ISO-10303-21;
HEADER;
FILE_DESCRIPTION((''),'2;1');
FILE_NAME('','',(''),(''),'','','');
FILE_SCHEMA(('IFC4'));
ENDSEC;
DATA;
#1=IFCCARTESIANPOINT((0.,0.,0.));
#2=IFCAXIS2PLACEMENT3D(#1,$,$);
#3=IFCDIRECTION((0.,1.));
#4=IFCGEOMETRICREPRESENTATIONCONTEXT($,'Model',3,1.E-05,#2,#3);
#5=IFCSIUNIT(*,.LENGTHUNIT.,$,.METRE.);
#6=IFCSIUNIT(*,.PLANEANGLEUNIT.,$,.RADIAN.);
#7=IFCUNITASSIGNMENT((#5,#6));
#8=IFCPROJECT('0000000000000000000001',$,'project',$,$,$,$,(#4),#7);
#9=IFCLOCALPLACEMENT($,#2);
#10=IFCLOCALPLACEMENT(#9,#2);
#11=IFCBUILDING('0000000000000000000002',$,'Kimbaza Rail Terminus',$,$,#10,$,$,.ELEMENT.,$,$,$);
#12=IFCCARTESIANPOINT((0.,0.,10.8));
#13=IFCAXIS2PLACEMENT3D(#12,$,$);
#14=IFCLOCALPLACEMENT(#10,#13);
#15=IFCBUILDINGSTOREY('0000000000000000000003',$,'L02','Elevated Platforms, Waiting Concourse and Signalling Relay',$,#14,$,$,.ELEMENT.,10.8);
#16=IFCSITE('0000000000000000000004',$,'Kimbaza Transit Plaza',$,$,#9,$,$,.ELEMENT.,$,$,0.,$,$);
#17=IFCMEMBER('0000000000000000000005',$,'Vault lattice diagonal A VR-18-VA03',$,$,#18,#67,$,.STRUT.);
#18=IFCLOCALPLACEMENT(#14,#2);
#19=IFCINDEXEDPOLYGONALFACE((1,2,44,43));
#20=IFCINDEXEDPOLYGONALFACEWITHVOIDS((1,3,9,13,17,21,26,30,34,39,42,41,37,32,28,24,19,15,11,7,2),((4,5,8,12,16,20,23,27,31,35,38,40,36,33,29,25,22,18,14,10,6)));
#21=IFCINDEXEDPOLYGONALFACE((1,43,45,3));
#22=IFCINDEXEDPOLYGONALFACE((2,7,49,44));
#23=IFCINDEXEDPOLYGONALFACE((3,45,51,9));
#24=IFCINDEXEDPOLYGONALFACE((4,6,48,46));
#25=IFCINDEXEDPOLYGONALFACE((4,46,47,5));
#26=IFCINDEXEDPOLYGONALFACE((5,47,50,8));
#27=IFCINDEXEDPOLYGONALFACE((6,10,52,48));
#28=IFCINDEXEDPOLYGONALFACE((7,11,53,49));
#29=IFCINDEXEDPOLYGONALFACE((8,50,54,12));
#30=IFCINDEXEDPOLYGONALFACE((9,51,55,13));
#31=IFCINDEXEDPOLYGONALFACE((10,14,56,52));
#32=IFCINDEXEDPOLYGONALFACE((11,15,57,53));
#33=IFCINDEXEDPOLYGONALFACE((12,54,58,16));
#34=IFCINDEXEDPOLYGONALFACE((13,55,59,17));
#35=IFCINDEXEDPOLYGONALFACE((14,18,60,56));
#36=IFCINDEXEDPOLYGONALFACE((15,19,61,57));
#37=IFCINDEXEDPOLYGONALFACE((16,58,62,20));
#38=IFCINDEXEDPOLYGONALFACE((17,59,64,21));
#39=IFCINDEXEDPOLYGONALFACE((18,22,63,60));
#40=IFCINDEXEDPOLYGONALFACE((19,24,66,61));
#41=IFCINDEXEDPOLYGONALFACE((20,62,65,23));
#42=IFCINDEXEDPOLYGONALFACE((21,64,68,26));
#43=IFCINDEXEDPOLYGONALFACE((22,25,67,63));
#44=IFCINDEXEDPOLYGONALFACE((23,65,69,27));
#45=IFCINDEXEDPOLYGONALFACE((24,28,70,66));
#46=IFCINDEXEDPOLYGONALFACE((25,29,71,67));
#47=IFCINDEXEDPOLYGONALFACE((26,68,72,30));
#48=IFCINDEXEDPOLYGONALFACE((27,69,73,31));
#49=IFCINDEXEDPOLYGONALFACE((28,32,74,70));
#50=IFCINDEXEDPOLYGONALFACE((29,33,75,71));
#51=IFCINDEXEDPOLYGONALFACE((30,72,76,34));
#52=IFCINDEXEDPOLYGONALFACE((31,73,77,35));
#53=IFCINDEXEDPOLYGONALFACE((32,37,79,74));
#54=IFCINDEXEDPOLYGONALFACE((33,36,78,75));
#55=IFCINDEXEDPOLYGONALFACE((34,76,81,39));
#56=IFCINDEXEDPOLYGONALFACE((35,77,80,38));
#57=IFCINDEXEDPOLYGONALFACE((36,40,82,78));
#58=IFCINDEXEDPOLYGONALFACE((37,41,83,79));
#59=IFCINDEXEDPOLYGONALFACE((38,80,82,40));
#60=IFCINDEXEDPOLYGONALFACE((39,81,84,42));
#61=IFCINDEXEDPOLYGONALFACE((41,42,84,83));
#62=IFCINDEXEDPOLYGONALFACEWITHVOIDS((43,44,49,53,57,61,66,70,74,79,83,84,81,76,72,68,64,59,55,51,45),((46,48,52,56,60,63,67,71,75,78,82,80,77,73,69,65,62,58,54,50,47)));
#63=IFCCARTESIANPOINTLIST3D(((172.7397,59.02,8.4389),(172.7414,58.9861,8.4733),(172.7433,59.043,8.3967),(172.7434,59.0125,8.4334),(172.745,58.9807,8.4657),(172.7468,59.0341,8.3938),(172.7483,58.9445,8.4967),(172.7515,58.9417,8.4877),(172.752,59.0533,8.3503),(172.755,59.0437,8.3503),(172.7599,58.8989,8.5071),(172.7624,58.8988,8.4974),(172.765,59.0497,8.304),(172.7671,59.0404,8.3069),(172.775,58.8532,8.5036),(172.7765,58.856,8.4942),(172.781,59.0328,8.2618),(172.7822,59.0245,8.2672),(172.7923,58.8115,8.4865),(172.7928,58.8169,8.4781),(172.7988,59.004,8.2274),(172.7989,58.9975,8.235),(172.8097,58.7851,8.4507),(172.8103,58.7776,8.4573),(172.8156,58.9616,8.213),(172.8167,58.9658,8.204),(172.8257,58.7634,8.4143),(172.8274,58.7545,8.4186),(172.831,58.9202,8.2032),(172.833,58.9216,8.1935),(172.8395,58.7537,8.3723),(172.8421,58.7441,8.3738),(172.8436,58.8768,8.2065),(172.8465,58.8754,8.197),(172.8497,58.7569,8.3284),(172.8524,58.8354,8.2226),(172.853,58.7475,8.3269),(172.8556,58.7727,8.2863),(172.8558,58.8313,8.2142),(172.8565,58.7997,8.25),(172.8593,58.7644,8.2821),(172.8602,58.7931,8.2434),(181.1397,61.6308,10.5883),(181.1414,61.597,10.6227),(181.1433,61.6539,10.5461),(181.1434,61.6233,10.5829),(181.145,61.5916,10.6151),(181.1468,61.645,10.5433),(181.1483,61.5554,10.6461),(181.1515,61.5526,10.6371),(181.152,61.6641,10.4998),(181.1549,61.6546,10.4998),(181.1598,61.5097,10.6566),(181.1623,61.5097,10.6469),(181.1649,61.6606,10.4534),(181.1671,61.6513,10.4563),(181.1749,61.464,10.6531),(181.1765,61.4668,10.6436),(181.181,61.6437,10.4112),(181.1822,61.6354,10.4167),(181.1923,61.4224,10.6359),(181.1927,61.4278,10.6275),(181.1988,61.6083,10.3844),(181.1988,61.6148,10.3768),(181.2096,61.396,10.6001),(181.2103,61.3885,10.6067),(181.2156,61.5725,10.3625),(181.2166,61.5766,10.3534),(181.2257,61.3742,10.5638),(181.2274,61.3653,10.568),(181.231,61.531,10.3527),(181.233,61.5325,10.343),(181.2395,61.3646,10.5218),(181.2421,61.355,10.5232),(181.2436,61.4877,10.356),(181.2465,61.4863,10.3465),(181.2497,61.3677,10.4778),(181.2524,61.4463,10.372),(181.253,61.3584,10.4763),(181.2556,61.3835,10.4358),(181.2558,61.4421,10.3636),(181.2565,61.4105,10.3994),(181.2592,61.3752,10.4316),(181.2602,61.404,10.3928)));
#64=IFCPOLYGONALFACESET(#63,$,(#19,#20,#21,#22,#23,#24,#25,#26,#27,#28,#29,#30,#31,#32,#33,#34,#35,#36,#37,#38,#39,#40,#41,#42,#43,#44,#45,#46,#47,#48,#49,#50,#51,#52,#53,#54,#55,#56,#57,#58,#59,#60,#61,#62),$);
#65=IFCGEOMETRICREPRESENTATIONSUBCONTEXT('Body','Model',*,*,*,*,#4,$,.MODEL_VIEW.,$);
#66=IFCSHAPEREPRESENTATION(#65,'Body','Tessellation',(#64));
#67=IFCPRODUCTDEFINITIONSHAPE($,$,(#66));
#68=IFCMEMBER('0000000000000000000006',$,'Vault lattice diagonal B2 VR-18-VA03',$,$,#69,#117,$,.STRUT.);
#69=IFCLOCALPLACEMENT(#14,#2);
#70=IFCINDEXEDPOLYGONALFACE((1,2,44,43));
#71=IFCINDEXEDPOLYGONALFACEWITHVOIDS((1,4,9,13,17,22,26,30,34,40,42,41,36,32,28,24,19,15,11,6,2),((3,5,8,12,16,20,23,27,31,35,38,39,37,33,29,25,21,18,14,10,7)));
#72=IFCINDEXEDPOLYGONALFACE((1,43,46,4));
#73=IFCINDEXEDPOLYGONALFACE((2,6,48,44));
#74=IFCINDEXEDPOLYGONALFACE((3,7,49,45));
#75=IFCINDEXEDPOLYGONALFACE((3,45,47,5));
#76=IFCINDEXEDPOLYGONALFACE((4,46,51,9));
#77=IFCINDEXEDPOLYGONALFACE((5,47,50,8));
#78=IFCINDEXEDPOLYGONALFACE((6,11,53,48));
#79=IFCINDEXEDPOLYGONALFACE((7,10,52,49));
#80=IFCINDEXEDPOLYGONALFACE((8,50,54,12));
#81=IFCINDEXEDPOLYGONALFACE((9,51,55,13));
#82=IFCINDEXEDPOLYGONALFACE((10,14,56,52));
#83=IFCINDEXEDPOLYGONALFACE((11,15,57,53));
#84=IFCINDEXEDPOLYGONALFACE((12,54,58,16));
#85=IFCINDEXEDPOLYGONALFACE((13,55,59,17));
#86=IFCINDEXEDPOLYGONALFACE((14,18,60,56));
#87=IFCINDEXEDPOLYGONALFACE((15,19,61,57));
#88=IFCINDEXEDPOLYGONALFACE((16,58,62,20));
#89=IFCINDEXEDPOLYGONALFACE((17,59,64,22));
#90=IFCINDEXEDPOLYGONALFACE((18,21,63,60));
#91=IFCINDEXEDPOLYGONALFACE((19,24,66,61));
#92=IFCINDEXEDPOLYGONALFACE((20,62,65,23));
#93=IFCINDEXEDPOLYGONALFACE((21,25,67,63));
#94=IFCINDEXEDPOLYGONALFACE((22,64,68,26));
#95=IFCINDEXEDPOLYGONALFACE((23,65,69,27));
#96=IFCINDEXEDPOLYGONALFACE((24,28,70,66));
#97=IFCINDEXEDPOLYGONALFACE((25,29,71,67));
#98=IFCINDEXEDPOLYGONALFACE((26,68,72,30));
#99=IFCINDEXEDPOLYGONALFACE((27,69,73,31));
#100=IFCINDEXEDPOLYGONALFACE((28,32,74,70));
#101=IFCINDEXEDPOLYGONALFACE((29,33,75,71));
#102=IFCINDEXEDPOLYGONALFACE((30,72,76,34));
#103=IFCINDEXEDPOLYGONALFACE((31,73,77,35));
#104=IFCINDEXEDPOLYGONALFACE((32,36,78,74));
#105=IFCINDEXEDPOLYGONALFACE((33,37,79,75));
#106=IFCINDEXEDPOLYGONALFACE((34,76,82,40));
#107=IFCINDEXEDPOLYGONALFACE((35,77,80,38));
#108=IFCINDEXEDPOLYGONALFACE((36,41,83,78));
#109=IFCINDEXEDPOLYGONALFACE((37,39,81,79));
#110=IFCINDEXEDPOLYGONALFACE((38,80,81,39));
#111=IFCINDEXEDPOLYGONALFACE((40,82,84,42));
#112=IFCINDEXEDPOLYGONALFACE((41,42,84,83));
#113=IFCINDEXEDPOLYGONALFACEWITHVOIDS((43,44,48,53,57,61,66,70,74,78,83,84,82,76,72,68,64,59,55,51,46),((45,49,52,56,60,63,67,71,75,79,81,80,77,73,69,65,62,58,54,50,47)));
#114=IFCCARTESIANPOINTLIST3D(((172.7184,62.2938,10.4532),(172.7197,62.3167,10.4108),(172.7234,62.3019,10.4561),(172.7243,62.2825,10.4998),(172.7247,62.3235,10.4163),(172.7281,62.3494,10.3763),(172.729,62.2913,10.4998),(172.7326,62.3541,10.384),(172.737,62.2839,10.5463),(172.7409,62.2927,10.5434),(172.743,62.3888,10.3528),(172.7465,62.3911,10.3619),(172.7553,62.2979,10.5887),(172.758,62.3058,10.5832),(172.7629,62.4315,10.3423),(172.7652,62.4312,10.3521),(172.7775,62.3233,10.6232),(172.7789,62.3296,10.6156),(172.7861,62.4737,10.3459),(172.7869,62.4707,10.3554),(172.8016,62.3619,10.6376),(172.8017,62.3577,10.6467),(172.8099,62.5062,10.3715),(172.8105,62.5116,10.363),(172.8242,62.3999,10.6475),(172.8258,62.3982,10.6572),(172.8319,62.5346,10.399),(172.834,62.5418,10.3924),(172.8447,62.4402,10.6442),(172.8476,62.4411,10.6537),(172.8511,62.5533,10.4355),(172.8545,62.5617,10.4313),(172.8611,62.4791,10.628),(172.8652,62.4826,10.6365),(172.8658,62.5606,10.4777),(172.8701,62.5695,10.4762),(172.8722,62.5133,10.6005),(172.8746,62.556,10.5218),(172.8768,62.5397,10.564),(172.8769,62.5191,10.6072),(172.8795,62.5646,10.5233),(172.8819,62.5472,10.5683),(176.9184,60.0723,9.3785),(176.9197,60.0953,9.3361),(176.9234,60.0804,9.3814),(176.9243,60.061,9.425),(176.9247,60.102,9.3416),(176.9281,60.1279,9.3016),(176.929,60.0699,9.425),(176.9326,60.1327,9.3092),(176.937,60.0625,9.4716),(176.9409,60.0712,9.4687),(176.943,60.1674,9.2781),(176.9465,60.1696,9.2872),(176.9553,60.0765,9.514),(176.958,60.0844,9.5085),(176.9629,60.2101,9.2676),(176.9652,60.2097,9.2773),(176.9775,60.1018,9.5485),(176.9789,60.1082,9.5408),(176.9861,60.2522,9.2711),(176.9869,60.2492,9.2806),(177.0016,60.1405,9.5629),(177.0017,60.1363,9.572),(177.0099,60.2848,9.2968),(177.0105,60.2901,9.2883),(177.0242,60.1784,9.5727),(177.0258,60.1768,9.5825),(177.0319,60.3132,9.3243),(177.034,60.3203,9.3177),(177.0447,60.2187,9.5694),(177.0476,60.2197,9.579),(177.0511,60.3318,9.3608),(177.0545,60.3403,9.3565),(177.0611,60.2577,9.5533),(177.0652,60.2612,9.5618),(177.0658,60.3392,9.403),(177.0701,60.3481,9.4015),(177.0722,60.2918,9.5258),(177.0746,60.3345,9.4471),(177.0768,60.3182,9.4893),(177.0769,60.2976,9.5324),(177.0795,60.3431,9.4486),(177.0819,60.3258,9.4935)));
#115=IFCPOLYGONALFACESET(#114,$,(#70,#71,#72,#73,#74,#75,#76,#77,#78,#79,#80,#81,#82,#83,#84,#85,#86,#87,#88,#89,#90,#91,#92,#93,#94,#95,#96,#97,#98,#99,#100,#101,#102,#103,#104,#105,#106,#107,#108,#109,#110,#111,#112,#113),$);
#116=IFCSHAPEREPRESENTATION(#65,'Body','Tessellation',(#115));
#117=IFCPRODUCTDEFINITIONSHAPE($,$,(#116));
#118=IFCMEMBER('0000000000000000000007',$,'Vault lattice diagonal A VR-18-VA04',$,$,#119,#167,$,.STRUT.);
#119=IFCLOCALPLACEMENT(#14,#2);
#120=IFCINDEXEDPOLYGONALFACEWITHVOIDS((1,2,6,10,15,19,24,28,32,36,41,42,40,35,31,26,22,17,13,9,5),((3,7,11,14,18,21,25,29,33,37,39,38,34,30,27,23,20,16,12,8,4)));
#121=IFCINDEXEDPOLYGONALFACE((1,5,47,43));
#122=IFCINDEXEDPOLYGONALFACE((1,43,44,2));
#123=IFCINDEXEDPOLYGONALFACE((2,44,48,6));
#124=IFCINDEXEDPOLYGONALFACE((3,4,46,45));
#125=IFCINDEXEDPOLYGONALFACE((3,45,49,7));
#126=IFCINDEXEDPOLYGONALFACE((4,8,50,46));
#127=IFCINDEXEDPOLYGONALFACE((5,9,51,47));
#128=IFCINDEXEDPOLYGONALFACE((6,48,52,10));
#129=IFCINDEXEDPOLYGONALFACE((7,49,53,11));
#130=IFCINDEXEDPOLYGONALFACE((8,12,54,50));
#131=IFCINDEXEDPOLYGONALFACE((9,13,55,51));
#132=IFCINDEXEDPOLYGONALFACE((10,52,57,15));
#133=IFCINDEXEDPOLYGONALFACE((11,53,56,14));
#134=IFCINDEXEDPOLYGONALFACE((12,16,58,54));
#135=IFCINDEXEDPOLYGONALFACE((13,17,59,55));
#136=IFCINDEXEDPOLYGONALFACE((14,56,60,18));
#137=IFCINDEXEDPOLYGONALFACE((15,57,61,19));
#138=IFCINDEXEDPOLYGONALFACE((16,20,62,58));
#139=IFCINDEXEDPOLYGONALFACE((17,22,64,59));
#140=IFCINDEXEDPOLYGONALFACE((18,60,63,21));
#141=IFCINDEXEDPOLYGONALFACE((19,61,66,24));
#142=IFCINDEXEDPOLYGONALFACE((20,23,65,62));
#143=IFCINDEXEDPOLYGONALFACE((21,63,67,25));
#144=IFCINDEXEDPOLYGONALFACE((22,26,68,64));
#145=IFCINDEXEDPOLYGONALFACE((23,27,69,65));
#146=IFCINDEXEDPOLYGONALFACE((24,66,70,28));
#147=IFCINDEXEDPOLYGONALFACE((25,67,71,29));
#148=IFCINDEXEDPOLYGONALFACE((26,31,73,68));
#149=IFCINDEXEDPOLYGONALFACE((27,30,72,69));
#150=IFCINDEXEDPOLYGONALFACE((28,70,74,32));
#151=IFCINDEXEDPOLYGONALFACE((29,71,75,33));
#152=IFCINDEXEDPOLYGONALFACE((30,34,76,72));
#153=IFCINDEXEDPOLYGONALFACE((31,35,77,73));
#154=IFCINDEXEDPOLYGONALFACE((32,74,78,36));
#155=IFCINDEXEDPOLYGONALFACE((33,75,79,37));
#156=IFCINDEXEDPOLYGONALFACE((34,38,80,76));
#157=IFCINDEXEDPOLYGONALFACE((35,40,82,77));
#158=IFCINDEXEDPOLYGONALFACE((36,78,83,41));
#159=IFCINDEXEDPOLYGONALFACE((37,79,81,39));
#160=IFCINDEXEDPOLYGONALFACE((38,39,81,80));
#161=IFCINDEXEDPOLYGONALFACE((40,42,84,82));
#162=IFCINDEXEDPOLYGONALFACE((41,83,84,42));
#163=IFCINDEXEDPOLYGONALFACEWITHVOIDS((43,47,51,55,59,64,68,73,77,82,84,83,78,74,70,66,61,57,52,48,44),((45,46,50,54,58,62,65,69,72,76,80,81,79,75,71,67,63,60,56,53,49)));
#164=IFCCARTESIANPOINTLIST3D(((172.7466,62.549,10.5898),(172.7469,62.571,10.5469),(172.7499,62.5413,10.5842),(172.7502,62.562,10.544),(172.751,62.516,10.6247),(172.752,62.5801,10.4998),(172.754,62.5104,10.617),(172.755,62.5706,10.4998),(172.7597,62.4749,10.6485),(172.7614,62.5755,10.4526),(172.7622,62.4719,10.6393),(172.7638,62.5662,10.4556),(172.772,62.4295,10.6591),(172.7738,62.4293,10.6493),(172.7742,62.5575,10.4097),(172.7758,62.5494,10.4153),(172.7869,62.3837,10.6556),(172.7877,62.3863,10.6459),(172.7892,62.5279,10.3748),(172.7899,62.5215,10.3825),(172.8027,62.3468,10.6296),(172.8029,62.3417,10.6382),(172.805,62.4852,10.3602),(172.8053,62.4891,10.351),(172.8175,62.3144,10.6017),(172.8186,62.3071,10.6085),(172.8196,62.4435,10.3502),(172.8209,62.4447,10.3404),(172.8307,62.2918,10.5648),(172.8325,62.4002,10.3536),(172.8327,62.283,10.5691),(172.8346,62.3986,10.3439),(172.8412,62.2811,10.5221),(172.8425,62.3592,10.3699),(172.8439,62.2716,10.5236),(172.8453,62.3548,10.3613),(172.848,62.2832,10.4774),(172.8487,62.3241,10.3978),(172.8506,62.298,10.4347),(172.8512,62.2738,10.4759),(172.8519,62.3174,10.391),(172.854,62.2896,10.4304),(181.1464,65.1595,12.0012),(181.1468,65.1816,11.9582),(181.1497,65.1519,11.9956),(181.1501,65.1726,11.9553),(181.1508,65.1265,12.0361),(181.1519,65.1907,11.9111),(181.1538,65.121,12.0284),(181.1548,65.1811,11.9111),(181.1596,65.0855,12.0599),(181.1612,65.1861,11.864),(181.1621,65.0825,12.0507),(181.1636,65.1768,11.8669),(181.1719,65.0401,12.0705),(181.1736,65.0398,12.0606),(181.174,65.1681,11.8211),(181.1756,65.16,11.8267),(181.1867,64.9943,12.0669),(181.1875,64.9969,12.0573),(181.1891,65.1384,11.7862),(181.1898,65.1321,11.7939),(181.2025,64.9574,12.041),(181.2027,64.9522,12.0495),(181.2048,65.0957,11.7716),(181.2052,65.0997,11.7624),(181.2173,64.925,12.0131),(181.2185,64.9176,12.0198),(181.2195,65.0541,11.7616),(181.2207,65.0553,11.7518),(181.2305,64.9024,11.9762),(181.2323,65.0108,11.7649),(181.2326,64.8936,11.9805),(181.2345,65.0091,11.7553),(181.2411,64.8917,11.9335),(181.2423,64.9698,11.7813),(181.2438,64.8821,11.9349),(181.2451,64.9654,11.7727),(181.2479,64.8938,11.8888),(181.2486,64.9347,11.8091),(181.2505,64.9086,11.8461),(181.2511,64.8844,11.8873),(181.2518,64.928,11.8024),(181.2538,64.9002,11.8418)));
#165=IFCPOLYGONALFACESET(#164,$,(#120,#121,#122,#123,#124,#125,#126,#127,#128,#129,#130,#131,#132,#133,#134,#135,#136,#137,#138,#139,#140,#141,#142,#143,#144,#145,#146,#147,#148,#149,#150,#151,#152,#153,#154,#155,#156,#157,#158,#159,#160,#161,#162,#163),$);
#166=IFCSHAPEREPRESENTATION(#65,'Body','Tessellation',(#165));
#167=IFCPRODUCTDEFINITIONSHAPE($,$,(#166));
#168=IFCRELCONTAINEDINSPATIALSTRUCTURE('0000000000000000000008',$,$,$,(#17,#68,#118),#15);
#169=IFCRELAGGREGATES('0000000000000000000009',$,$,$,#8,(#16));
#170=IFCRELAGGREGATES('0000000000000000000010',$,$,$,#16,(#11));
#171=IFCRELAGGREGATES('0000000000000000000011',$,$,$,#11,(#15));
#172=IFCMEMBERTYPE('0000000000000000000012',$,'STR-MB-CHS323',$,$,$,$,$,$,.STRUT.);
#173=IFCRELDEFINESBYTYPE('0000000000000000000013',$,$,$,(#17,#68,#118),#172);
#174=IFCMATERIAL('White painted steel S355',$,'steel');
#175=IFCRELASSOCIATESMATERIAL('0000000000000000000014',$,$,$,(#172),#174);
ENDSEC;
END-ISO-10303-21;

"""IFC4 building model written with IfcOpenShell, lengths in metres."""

from ifc_helpers import new_model, si_unit, direction, frame, origin, origin_2d, place, context, subcontext, project, spatial, hollow_circle, extrude, material, material_profile, profile_set, type_object, element, save


model = new_model("IFC4")

# Units and contexts
model_context = context("Model", 3, precision=1e-05, world=origin(), true_north=direction((0.0, 1.0)))
body_context = subcontext(model_context, "Body", "Model", "MODEL_VIEW")
ifc_project = project(units=[si_unit("LENGTHUNIT", "METRE"), si_unit("PLANEANGLEUNIT", "RADIAN")], contexts=[model_context])

# Site, building, storey
site_placement = place(None, origin())
site = spatial("IfcSite", under=ifc_project, at=site_placement, Name="Kimbaza Transit Plaza", CompositionType="ELEMENT", RefElevation=0.0)
building_placement = place(site_placement, origin())
building = spatial("IfcBuilding", under=site, at=building_placement, Name="Kimbaza Rail Terminus", CompositionType="ELEMENT")
storey_placement = place(building_placement, frame((0.0, 0.0, 10.8)))
storey = spatial("IfcBuildingStorey", under=building, at=storey_placement, Name="L02", Description="Elevated Platforms, Waiting Concourse and Signalling Relay", CompositionType="ELEMENT", Elevation=10.8)

# Members
ifc_material_1 = material(Name="White painted steel S355", Category="steel")
ifc_material_profile_1 = material_profile(ifc_material_1, hollow_circle(Radius=0.1619, WallThickness=0.01, at=origin_2d()), Name="CHS 323.9x10")
ifc_profile_set_1 = profile_set([ifc_material_profile_1], Name="White painted steel S355")
member_type_1 = type_object("IfcMemberType", Name="STR-MB-CHS323", PredefinedType="STRUT", material=ifc_profile_set_1)
member_1_placement = place(storey_placement, frame((172.8, 58.8987, 8.3503), z_axis=(0.927643, 0.288328, 0.237371), x_axis=(-0.296811, 0.954936, 0.0)))
element("IfcMember", 1, at=member_1_placement, inside=storey, type_object=member_type_1, Name="Vault lattice diagonal A VR-18-VA03", PredefinedType="STRUT", context=body_context, shape_type="SweptSolid", body=[
    extrude(hollow_circle(Radius=0.1619, WallThickness=0.01, at=origin_2d()), origin(), (0.0, 0.0, 1.0), 9.0552),
])
member_2_placement = place(storey_placement, frame((177.0, 60.2041, 9.425), z_axis=(-0.862187, 0.456027, 0.220621), x_axis=(-0.467548, -0.883968, 0.0)))
element("IfcMember", 2, at=member_2_placement, inside=storey, type_object=member_type_1, Name="Vault lattice diagonal B2 VR-18-VA03", PredefinedType="STRUT", context=body_context, shape_type="SweptSolid", body=[
    extrude(hollow_circle(Radius=0.1619, WallThickness=0.01, at=origin_2d()), origin(), (0.0, 0.0, 1.0), 4.8713),
])
member_3_placement = place(storey_placement, frame((172.8, 62.4255, 10.4998), z_axis=(0.942884, 0.293038, 0.158426), x_axis=(-0.296786, 0.954944, 0.0)))
element("IfcMember", 3, at=member_3_placement, inside=storey, type_object=member_type_1, Name="Vault lattice diagonal A VR-18-VA04", PredefinedType="STRUT", context=body_context, shape_type="SweptSolid", body=[
    extrude(hollow_circle(Radius=0.1619, WallThickness=0.01, at=origin_2d()), origin(), (0.0, 0.0, 1.0), 8.9087),
])

save(model, "model.ifc")
